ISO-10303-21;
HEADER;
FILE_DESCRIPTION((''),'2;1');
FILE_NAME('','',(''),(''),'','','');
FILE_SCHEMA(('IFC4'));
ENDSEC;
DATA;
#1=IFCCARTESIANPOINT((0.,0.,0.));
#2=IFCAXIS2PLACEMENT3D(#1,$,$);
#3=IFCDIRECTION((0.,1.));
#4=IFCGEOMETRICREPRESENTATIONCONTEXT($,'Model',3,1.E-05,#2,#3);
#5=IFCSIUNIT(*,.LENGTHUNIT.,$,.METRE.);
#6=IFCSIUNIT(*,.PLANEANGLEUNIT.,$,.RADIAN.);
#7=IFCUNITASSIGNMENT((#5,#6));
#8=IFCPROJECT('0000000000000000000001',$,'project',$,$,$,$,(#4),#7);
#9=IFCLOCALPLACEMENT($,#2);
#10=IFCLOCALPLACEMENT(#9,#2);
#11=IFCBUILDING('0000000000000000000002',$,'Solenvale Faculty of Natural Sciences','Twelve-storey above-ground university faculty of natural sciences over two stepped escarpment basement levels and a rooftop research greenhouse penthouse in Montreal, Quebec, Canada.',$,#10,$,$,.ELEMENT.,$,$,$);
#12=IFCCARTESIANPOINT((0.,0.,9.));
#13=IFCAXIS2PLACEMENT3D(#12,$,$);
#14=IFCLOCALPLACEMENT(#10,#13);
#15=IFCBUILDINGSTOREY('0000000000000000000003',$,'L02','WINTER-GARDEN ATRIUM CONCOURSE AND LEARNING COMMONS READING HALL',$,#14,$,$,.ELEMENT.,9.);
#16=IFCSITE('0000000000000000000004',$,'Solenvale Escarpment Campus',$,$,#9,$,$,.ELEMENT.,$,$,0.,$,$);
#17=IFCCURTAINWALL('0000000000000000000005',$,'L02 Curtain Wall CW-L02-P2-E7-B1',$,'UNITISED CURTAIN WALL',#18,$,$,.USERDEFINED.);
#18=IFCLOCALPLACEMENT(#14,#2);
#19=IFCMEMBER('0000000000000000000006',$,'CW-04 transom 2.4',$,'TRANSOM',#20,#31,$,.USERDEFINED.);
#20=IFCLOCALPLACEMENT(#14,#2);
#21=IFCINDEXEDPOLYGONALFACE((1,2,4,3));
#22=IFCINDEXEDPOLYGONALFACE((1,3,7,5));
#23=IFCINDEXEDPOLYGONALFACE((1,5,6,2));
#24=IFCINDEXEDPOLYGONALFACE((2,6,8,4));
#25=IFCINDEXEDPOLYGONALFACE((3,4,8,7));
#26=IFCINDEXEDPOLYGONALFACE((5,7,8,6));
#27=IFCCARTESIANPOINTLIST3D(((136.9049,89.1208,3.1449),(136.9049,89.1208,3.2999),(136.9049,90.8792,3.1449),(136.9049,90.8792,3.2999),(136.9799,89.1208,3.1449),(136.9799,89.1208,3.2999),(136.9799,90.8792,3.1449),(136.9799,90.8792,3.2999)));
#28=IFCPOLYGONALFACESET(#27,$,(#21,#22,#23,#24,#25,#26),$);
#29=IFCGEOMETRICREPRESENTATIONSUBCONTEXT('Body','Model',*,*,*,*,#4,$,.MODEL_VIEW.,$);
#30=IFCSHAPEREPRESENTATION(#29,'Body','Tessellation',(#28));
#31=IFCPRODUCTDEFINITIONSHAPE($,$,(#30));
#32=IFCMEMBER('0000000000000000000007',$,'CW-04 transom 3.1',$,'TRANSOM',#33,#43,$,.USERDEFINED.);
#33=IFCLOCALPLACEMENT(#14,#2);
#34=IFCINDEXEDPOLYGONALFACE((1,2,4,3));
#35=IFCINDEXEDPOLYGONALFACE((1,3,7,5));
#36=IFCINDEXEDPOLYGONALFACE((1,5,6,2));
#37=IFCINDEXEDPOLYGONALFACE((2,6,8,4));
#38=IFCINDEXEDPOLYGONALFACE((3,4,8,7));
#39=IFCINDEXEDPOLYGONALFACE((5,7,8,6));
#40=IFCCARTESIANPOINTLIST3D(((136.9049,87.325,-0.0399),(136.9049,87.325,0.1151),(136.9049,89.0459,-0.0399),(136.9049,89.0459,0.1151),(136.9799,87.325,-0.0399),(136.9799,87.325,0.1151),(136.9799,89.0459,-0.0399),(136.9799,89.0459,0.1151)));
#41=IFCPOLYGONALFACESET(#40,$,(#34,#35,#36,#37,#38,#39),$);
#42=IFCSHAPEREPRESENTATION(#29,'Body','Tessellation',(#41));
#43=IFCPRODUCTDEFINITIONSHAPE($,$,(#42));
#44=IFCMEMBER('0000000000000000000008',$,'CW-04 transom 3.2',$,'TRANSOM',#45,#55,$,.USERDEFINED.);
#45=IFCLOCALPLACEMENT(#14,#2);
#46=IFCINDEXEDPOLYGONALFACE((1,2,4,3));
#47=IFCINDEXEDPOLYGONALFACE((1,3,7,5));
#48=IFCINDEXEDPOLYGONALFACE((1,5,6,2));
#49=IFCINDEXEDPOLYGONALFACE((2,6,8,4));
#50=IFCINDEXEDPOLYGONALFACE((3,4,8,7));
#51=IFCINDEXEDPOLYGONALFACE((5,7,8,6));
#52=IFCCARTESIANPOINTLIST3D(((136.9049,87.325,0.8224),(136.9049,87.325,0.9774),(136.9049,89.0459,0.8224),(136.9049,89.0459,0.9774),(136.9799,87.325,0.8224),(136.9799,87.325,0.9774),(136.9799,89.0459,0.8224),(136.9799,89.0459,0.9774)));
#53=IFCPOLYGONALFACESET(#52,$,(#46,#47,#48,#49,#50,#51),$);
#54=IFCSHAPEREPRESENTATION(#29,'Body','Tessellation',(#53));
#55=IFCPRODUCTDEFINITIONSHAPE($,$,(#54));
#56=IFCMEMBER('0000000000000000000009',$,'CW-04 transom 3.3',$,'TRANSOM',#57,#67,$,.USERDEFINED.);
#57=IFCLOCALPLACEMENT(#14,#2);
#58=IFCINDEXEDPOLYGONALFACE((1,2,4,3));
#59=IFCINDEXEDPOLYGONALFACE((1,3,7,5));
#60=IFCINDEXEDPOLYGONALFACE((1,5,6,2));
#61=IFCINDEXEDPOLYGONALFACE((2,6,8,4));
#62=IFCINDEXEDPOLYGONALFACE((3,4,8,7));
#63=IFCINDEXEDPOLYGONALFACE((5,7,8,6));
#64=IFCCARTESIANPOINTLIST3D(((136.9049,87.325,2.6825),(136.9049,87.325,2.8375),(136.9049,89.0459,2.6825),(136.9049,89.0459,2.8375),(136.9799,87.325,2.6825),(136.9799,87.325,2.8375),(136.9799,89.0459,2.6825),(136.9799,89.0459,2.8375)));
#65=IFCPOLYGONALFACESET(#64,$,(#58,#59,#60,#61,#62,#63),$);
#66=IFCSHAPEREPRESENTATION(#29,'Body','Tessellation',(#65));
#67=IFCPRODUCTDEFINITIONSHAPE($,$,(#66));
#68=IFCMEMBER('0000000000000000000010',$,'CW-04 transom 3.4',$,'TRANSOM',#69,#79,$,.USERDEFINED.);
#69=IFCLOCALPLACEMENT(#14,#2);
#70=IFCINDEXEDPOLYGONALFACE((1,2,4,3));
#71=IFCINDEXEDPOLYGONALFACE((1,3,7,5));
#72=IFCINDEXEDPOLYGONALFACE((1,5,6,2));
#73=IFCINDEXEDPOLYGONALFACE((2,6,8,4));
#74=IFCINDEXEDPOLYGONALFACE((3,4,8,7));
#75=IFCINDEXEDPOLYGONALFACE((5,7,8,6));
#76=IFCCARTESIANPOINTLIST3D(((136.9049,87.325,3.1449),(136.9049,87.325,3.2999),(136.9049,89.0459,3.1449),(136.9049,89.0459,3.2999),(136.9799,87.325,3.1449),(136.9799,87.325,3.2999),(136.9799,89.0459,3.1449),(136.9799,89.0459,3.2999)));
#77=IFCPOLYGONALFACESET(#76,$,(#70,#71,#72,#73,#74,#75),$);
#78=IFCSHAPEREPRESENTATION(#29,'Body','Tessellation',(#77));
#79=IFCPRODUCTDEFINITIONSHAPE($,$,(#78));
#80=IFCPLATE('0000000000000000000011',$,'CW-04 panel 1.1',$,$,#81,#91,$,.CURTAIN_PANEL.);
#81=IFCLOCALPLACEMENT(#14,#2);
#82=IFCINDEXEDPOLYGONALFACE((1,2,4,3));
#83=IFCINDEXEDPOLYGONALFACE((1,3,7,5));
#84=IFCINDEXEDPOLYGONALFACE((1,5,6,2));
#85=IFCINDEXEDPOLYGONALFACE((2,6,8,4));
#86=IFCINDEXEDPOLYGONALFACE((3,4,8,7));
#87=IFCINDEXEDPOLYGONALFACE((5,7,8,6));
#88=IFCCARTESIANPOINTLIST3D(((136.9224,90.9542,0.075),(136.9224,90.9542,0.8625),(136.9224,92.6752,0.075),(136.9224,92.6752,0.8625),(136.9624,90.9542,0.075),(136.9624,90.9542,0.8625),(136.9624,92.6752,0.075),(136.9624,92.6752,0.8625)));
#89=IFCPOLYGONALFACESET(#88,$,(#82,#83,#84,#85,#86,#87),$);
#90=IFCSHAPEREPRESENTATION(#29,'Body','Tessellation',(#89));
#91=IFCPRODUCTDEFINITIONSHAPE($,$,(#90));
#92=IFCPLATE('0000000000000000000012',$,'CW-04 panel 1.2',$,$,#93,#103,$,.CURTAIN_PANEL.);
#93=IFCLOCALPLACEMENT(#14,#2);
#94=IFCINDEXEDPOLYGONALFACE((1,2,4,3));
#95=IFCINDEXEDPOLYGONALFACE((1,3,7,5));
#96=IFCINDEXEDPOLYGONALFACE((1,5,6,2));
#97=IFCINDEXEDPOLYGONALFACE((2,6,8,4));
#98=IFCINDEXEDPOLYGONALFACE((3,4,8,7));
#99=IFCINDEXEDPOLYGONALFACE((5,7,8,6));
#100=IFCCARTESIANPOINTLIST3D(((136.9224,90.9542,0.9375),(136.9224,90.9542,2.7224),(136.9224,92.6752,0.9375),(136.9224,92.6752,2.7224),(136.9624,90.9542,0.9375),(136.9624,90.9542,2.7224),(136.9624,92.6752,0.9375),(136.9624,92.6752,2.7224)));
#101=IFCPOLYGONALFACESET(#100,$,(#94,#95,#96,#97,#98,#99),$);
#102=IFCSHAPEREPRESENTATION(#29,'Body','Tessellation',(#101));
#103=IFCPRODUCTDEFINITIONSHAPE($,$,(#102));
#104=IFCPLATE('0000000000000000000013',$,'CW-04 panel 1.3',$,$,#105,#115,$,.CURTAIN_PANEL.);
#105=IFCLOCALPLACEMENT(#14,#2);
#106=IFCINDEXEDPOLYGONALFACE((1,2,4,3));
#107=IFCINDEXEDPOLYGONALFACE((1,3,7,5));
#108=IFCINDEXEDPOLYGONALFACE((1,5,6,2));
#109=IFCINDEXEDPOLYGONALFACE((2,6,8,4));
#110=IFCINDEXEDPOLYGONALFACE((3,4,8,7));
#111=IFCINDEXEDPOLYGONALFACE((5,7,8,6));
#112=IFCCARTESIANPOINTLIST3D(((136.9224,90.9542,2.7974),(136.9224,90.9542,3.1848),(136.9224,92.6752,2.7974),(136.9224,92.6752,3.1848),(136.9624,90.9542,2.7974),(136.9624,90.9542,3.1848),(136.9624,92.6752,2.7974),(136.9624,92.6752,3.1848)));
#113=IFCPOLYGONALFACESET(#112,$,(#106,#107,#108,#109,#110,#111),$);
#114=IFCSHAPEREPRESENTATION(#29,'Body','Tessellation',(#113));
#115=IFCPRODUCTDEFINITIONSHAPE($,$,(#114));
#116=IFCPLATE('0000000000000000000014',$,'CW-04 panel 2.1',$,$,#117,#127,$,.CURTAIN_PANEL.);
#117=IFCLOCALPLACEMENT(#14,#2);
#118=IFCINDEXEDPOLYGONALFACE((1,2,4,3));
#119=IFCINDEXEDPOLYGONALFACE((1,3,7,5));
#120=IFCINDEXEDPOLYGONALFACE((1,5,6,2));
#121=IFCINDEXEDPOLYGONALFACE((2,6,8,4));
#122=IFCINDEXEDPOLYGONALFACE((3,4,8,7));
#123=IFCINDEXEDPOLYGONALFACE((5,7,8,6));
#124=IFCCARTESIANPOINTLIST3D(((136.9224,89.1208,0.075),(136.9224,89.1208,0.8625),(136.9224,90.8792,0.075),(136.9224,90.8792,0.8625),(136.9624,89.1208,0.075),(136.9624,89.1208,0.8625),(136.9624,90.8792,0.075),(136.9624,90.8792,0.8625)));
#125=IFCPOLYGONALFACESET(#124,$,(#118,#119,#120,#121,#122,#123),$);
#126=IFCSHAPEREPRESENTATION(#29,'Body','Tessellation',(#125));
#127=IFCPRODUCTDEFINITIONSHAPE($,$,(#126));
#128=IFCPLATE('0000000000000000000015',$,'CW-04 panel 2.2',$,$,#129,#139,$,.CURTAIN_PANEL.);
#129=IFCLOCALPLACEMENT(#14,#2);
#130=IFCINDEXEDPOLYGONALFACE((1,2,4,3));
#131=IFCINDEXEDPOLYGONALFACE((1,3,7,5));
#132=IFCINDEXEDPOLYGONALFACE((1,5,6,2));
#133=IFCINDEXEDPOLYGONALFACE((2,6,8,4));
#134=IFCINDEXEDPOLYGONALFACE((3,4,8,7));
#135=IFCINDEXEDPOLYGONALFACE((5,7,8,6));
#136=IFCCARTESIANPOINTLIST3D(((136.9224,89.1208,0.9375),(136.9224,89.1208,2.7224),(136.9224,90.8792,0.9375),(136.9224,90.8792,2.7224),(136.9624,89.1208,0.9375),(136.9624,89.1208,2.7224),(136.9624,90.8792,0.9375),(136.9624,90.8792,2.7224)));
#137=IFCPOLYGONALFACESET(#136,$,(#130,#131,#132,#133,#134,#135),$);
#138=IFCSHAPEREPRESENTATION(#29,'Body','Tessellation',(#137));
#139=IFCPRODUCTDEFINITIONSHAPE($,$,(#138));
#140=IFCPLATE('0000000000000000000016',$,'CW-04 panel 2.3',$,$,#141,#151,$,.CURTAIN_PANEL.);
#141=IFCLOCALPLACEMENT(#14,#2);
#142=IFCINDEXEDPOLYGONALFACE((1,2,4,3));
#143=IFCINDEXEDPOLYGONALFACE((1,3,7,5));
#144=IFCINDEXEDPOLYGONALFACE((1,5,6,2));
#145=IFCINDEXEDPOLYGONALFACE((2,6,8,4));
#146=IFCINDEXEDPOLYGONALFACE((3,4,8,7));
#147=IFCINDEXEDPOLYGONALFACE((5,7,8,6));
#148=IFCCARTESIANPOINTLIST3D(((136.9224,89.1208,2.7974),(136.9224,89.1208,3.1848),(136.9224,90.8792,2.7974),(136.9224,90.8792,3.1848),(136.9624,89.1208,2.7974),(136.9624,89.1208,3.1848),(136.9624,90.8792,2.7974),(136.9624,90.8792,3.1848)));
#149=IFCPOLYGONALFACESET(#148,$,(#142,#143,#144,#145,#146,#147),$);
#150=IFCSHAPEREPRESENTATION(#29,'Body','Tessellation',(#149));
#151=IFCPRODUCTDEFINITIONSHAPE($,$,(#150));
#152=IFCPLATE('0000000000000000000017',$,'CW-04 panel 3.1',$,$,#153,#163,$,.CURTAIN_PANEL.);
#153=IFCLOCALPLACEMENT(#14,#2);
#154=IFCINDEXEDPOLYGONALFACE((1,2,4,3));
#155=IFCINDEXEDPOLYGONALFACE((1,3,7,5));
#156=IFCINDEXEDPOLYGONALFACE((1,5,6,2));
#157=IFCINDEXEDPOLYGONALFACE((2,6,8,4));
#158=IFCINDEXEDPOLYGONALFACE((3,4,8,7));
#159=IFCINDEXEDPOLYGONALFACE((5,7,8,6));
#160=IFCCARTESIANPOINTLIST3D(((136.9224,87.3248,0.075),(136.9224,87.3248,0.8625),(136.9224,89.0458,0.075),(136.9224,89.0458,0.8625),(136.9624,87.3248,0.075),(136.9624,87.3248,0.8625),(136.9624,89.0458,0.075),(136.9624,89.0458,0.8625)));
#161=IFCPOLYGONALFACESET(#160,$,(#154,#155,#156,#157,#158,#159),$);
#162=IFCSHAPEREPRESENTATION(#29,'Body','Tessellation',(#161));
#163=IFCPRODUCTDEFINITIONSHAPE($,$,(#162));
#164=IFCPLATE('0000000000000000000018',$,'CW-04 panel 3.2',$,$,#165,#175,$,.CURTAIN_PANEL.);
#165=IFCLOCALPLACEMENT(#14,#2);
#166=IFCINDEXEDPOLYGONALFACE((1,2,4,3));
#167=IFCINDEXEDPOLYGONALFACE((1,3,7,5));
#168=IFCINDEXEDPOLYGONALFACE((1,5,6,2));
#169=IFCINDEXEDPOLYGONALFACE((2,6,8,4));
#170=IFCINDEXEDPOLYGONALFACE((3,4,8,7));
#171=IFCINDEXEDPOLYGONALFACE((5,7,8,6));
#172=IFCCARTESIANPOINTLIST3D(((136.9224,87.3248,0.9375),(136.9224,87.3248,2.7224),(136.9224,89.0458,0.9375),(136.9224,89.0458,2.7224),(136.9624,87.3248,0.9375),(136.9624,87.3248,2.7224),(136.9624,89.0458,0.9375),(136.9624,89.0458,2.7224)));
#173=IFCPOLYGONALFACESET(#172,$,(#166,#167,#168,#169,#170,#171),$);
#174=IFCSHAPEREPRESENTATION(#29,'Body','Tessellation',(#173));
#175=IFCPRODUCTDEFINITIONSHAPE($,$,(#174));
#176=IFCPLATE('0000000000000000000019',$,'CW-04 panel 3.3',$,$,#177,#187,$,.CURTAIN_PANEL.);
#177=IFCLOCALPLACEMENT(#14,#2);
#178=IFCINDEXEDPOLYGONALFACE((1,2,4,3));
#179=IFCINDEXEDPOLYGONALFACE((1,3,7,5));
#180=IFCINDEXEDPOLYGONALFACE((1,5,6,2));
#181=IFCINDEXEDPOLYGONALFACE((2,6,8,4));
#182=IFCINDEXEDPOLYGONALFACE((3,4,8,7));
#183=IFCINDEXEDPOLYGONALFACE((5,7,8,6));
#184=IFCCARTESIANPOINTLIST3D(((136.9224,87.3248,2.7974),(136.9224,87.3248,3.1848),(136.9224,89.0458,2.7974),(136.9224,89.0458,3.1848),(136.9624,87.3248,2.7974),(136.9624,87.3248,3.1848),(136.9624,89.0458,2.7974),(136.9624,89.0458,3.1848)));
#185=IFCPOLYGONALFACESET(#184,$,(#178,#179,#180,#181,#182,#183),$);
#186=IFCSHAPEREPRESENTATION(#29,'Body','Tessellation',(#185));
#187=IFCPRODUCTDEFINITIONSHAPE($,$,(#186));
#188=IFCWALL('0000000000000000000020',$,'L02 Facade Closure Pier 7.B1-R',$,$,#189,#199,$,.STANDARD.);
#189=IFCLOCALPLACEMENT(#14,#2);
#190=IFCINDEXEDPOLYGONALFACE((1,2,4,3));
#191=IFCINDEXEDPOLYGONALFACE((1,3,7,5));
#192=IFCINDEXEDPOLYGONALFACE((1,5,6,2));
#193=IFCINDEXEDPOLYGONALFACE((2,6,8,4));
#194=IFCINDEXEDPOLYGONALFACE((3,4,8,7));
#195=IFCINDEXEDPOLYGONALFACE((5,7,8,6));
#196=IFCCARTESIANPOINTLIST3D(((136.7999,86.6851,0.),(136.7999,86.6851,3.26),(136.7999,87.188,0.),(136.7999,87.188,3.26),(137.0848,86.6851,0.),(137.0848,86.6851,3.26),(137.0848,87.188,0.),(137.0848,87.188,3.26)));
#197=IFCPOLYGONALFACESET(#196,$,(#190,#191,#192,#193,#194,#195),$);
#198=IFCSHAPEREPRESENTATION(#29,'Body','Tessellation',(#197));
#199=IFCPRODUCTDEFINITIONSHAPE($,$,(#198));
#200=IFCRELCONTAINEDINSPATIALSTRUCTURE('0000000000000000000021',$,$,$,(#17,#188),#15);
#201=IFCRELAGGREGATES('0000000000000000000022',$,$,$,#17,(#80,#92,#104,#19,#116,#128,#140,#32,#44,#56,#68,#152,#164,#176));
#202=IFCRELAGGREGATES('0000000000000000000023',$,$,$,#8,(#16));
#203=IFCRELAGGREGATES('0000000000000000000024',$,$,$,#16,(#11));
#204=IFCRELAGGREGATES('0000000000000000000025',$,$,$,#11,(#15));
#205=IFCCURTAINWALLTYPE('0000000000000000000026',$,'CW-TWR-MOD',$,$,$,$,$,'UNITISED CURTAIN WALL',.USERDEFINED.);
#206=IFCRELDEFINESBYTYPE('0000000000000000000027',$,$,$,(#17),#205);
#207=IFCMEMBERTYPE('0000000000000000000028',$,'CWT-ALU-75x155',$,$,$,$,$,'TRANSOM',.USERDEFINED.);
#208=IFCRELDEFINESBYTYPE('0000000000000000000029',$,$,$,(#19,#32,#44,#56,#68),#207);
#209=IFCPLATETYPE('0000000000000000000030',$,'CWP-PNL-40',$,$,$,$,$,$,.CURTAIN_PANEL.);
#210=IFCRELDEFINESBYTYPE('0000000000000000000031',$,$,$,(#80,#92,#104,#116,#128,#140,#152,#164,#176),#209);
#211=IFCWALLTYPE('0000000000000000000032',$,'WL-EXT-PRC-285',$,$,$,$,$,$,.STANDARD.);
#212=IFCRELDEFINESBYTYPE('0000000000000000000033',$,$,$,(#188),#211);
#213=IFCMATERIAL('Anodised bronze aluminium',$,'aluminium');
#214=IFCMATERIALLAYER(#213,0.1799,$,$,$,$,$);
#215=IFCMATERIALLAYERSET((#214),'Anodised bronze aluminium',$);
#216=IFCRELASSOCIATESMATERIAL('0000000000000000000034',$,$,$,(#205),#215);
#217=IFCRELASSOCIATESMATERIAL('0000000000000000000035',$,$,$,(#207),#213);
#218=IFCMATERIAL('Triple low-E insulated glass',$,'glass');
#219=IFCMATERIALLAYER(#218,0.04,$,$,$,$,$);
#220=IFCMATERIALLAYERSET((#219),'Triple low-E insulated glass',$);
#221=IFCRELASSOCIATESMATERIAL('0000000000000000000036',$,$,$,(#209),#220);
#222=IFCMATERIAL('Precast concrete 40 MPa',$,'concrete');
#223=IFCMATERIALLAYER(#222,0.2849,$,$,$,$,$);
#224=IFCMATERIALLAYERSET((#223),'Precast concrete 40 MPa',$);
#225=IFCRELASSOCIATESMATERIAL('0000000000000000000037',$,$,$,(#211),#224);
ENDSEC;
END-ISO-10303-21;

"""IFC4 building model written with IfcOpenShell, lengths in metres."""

from ifc_helpers import new_model, si_unit, direction, frame, frame_2d, origin, origin_2d, place, context, subcontext, project, spatial, rectangle, extrude, material, layer, layer_set, material_profile, profile_set, type_object, element, aggregate, save


model = new_model("IFC4")

# Units and contexts
model_context = context("Model", 3, precision=1e-05, world=origin(), true_north=direction((0.0, 1.0)))
body_context = subcontext(model_context, "Body", "Model", "MODEL_VIEW")
ifc_project = project(units=[si_unit("LENGTHUNIT", "METRE"), si_unit("PLANEANGLEUNIT", "RADIAN")], contexts=[model_context])

# Site, building, storey
site_placement = place(None, origin())
site = spatial("IfcSite", under=ifc_project, at=site_placement, Name="Solenvale Escarpment Campus", CompositionType="ELEMENT", RefElevation=0.0)
building_placement = place(site_placement, origin())
building = spatial("IfcBuilding", under=site, at=building_placement, Name="Solenvale Faculty of Natural Sciences", Description="Twelve-storey above-ground university faculty of natural sciences over two stepped escarpment basement levels and a rooftop research greenhouse penthouse in Montreal, Quebec, Canada.", CompositionType="ELEMENT")
storey_placement = place(building_placement, frame((0.0, 0.0, 9.0)))
storey = spatial("IfcBuildingStorey", under=building, at=storey_placement, Name="L02", Description="WINTER-GARDEN ATRIUM CONCOURSE AND LEARNING COMMONS READING HALL", CompositionType="ELEMENT", Elevation=9.0)

# Curtain wall
ifc_material_1 = material(Name="Anodised bronze aluminium", Category="aluminium")
ifc_layer_1 = layer(ifc_material_1, 0.1799)
ifc_layer_set_1 = layer_set([ifc_layer_1], Name="Anodised bronze aluminium")
curtain_wall_type = type_object("IfcCurtainWallType", Name="CW-TWR-MOD", ElementType="UNITISED CURTAIN WALL", PredefinedType="USERDEFINED", material=ifc_layer_set_1)
curtain_wall_1_placement = place(storey_placement, origin())
curtain_wall_1 = element("IfcCurtainWall", 1, at=curtain_wall_1_placement, inside=storey, type_object=curtain_wall_type, Name="L02 Curtain Wall CW-L02-P2-E7-B1", ObjectType="UNITISED CURTAIN WALL", PredefinedType="USERDEFINED")

# Shared definitions
ifc_material_profile_1 = material_profile(ifc_material_1, rectangle(XDim=0.075, YDim=0.155, at=origin_2d()), Name="ALU-TRN-75x155")
ifc_profile_set_1 = profile_set([ifc_material_profile_1], Name="Anodised bronze aluminium")
member_type_1 = type_object("IfcMemberType", Name="CWT-ALU-75x155", ElementType="TRANSOM", PredefinedType="USERDEFINED", material=ifc_profile_set_1)

# Members
member_1_placement = place(storey_placement, frame((136.9424, 90.8792, 3.2224), z_axis=(0.0, -1.0, 0.0), x_axis=(1.0, 0.0, 0.0)))
member_1 = element("IfcMember", 2, at=member_1_placement, type_object=member_type_1, Name="CW-04 transom 2.4", ObjectType="TRANSOM", PredefinedType="USERDEFINED", context=body_context, shape_type="SweptSolid", body=[
    extrude(rectangle(XDim=0.075, YDim=0.155, at=origin_2d()), origin(), (0.0, 0.0, 1.0), 1.7583),
])
member_2_placement = place(storey_placement, frame((136.9424, 89.0459, 0.0376), z_axis=(0.0, -1.0, 0.0), x_axis=(1.0, 0.0, 0.0)))
member_2 = element("IfcMember", 3, at=member_2_placement, type_object=member_type_1, Name="CW-04 transom 3.1", ObjectType="TRANSOM", PredefinedType="USERDEFINED", context=body_context, shape_type="SweptSolid", body=[
    extrude(rectangle(XDim=0.075, YDim=0.155, at=origin_2d()), origin(), (0.0, 0.0, 1.0), 1.7209),
])
member_3_placement = place(storey_placement, frame((136.9424, 89.0459, 0.8999), z_axis=(0.0, -1.0, 0.0), x_axis=(1.0, 0.0, 0.0)))
member_3 = element("IfcMember", 4, at=member_3_placement, type_object=member_type_1, Name="CW-04 transom 3.2", ObjectType="TRANSOM", PredefinedType="USERDEFINED", context=body_context, shape_type="SweptSolid", body=[
    extrude(rectangle(XDim=0.075, YDim=0.155, at=origin_2d()), origin(), (0.0, 0.0, 1.0), 1.7209),
])
member_4_placement = place(storey_placement, frame((136.9424, 89.0459, 2.76), z_axis=(0.0, -1.0, 0.0), x_axis=(1.0, 0.0, 0.0)))
member_4 = element("IfcMember", 5, at=member_4_placement, type_object=member_type_1, Name="CW-04 transom 3.3", ObjectType="TRANSOM", PredefinedType="USERDEFINED", context=body_context, shape_type="SweptSolid", body=[
    extrude(rectangle(XDim=0.075, YDim=0.155, at=origin_2d()), origin(), (0.0, 0.0, 1.0), 1.7209),
])
member_5_placement = place(storey_placement, frame((136.9424, 89.0459, 3.2224), z_axis=(0.0, -1.0, 0.0), x_axis=(1.0, 0.0, 0.0)))
member_5 = element("IfcMember", 6, at=member_5_placement, type_object=member_type_1, Name="CW-04 transom 3.4", ObjectType="TRANSOM", PredefinedType="USERDEFINED", context=body_context, shape_type="SweptSolid", body=[
    extrude(rectangle(XDim=0.075, YDim=0.155, at=origin_2d()), origin(), (0.0, 0.0, 1.0), 1.7209),
])

# Plates
ifc_material_2 = material(Name="Triple low-E insulated glass", Category="glass")
ifc_layer_2 = layer(ifc_material_2, 0.04)
ifc_layer_set_2 = layer_set([ifc_layer_2], Name="Triple low-E insulated glass")
plate_type = type_object("IfcPlateType", Name="CWP-PNL-40", PredefinedType="CURTAIN_PANEL", material=ifc_layer_set_2)
plate_1_placement = place(storey_placement, frame((136.9424, 91.8147, 0.075), z_axis=(0.0, 0.0, 1.0), x_axis=(0.0, -1.0, 0.0)))
plate_1 = element("IfcPlate", 7, at=plate_1_placement, type_object=plate_type, Name="CW-04 panel 1.1", PredefinedType="CURTAIN_PANEL", context=body_context, shape_type="SweptSolid", body=[
    extrude(rectangle(XDim=1.7209, YDim=0.04, at=origin_2d()), origin(), (0.0, 0.0, 1.0), 0.7876),
])
plate_2_placement = place(storey_placement, frame((136.9424, 91.8147, 0.9375), z_axis=(0.0, 0.0, 1.0), x_axis=(0.0, -1.0, 0.0)))
plate_2 = element("IfcPlate", 8, at=plate_2_placement, type_object=plate_type, Name="CW-04 panel 1.2", PredefinedType="CURTAIN_PANEL", context=body_context, shape_type="SweptSolid", body=[
    extrude(rectangle(XDim=1.7209, YDim=0.04, at=origin_2d()), origin(), (0.0, 0.0, 1.0), 1.7849),
])
plate_3_placement = place(storey_placement, frame((136.9424, 91.8147, 2.7974), z_axis=(0.0, 0.0, 1.0), x_axis=(0.0, -1.0, 0.0)))
plate_3 = element("IfcPlate", 9, at=plate_3_placement, type_object=plate_type, Name="CW-04 panel 1.3", PredefinedType="CURTAIN_PANEL", context=body_context, shape_type="SweptSolid", body=[
    extrude(rectangle(XDim=1.7209, YDim=0.04, at=origin_2d()), origin(), (0.0, 0.0, 1.0), 0.3875),
])
plate_4_placement = place(storey_placement, frame((136.9424, 90.0, 0.075), z_axis=(0.0, 0.0, 1.0), x_axis=(0.0, -1.0, 0.0)))
plate_4 = element("IfcPlate", 10, at=plate_4_placement, type_object=plate_type, Name="CW-04 panel 2.1", PredefinedType="CURTAIN_PANEL", context=body_context, shape_type="SweptSolid", body=[
    extrude(rectangle(XDim=1.7583, YDim=0.04, at=origin_2d()), origin(), (0.0, 0.0, 1.0), 0.7876),
])
plate_5_placement = place(storey_placement, frame((136.9424, 90.0, 0.9375), z_axis=(0.0, 0.0, 1.0), x_axis=(0.0, -1.0, 0.0)))
plate_5 = element("IfcPlate", 11, at=plate_5_placement, type_object=plate_type, Name="CW-04 panel 2.2", PredefinedType="CURTAIN_PANEL", context=body_context, shape_type="SweptSolid", body=[
    extrude(rectangle(XDim=1.7583, YDim=0.04, at=origin_2d()), origin(), (0.0, 0.0, 1.0), 1.7849),
])
plate_6_placement = place(storey_placement, frame((136.9424, 90.0, 2.7974), z_axis=(0.0, 0.0, 1.0), x_axis=(0.0, -1.0, 0.0)))
plate_6 = element("IfcPlate", 12, at=plate_6_placement, type_object=plate_type, Name="CW-04 panel 2.3", PredefinedType="CURTAIN_PANEL", context=body_context, shape_type="SweptSolid", body=[
    extrude(rectangle(XDim=1.7583, YDim=0.04, at=origin_2d()), origin(), (0.0, 0.0, 1.0), 0.3875),
])
plate_7_placement = place(storey_placement, frame((136.9424, 88.1853, 0.075), z_axis=(0.0, 0.0, 1.0), x_axis=(0.0, -1.0, 0.0)))
plate_7 = element("IfcPlate", 13, at=plate_7_placement, type_object=plate_type, Name="CW-04 panel 3.1", PredefinedType="CURTAIN_PANEL", context=body_context, shape_type="SweptSolid", body=[
    extrude(rectangle(XDim=1.7209, YDim=0.04, at=origin_2d()), origin(), (0.0, 0.0, 1.0), 0.7876),
])
plate_8_placement = place(storey_placement, frame((136.9424, 88.1853, 0.9375), z_axis=(0.0, 0.0, 1.0), x_axis=(0.0, -1.0, 0.0)))
plate_8 = element("IfcPlate", 14, at=plate_8_placement, type_object=plate_type, Name="CW-04 panel 3.2", PredefinedType="CURTAIN_PANEL", context=body_context, shape_type="SweptSolid", body=[
    extrude(rectangle(XDim=1.7209, YDim=0.04, at=origin_2d()), origin(), (0.0, 0.0, 1.0), 1.7849),
])
plate_9_placement = place(storey_placement, frame((136.9424, 88.1853, 2.7974), z_axis=(0.0, 0.0, 1.0), x_axis=(0.0, -1.0, 0.0)))
plate_9 = element("IfcPlate", 15, at=plate_9_placement, type_object=plate_type, Name="CW-04 panel 3.3", PredefinedType="CURTAIN_PANEL", context=body_context, shape_type="SweptSolid", body=[
    extrude(rectangle(XDim=1.7209, YDim=0.04, at=origin_2d()), origin(), (0.0, 0.0, 1.0), 0.3875),
])
aggregate(curtain_wall_1, [plate_1, plate_2, plate_3, member_1, plate_4, plate_5, plate_6, member_2, member_3, member_4, member_5, plate_7, plate_8, plate_9])

# Wall
ifc_material_3 = material(Name="Precast concrete 40 MPa", Category="concrete")
ifc_layer_3 = layer(ifc_material_3, 0.2849)
ifc_layer_set_3 = layer_set([ifc_layer_3], Name="Precast concrete 40 MPa")
wall_type_1 = type_object("IfcWallType", Name="WL-EXT-PRC-285", PredefinedType="STANDARD", material=ifc_layer_set_3)
wall_1_placement = place(storey_placement, frame((136.9424, 87.188, 0.0), z_axis=(0.0, 0.0, 1.0), x_axis=(0.0, -1.0, 0.0)))
element("IfcWall", 16, at=wall_1_placement, inside=storey, type_object=wall_type_1, Name="L02 Facade Closure Pier 7.B1-R", PredefinedType="STANDARD", context=body_context, shape_type="SweptSolid", body=[
    extrude(rectangle(XDim=0.5029, YDim=0.2849, at=frame_2d((0.2515, 0.0))), origin(), (0.0, 0.0, 1.0), 3.26),
])

save(model, "model.ifc")
